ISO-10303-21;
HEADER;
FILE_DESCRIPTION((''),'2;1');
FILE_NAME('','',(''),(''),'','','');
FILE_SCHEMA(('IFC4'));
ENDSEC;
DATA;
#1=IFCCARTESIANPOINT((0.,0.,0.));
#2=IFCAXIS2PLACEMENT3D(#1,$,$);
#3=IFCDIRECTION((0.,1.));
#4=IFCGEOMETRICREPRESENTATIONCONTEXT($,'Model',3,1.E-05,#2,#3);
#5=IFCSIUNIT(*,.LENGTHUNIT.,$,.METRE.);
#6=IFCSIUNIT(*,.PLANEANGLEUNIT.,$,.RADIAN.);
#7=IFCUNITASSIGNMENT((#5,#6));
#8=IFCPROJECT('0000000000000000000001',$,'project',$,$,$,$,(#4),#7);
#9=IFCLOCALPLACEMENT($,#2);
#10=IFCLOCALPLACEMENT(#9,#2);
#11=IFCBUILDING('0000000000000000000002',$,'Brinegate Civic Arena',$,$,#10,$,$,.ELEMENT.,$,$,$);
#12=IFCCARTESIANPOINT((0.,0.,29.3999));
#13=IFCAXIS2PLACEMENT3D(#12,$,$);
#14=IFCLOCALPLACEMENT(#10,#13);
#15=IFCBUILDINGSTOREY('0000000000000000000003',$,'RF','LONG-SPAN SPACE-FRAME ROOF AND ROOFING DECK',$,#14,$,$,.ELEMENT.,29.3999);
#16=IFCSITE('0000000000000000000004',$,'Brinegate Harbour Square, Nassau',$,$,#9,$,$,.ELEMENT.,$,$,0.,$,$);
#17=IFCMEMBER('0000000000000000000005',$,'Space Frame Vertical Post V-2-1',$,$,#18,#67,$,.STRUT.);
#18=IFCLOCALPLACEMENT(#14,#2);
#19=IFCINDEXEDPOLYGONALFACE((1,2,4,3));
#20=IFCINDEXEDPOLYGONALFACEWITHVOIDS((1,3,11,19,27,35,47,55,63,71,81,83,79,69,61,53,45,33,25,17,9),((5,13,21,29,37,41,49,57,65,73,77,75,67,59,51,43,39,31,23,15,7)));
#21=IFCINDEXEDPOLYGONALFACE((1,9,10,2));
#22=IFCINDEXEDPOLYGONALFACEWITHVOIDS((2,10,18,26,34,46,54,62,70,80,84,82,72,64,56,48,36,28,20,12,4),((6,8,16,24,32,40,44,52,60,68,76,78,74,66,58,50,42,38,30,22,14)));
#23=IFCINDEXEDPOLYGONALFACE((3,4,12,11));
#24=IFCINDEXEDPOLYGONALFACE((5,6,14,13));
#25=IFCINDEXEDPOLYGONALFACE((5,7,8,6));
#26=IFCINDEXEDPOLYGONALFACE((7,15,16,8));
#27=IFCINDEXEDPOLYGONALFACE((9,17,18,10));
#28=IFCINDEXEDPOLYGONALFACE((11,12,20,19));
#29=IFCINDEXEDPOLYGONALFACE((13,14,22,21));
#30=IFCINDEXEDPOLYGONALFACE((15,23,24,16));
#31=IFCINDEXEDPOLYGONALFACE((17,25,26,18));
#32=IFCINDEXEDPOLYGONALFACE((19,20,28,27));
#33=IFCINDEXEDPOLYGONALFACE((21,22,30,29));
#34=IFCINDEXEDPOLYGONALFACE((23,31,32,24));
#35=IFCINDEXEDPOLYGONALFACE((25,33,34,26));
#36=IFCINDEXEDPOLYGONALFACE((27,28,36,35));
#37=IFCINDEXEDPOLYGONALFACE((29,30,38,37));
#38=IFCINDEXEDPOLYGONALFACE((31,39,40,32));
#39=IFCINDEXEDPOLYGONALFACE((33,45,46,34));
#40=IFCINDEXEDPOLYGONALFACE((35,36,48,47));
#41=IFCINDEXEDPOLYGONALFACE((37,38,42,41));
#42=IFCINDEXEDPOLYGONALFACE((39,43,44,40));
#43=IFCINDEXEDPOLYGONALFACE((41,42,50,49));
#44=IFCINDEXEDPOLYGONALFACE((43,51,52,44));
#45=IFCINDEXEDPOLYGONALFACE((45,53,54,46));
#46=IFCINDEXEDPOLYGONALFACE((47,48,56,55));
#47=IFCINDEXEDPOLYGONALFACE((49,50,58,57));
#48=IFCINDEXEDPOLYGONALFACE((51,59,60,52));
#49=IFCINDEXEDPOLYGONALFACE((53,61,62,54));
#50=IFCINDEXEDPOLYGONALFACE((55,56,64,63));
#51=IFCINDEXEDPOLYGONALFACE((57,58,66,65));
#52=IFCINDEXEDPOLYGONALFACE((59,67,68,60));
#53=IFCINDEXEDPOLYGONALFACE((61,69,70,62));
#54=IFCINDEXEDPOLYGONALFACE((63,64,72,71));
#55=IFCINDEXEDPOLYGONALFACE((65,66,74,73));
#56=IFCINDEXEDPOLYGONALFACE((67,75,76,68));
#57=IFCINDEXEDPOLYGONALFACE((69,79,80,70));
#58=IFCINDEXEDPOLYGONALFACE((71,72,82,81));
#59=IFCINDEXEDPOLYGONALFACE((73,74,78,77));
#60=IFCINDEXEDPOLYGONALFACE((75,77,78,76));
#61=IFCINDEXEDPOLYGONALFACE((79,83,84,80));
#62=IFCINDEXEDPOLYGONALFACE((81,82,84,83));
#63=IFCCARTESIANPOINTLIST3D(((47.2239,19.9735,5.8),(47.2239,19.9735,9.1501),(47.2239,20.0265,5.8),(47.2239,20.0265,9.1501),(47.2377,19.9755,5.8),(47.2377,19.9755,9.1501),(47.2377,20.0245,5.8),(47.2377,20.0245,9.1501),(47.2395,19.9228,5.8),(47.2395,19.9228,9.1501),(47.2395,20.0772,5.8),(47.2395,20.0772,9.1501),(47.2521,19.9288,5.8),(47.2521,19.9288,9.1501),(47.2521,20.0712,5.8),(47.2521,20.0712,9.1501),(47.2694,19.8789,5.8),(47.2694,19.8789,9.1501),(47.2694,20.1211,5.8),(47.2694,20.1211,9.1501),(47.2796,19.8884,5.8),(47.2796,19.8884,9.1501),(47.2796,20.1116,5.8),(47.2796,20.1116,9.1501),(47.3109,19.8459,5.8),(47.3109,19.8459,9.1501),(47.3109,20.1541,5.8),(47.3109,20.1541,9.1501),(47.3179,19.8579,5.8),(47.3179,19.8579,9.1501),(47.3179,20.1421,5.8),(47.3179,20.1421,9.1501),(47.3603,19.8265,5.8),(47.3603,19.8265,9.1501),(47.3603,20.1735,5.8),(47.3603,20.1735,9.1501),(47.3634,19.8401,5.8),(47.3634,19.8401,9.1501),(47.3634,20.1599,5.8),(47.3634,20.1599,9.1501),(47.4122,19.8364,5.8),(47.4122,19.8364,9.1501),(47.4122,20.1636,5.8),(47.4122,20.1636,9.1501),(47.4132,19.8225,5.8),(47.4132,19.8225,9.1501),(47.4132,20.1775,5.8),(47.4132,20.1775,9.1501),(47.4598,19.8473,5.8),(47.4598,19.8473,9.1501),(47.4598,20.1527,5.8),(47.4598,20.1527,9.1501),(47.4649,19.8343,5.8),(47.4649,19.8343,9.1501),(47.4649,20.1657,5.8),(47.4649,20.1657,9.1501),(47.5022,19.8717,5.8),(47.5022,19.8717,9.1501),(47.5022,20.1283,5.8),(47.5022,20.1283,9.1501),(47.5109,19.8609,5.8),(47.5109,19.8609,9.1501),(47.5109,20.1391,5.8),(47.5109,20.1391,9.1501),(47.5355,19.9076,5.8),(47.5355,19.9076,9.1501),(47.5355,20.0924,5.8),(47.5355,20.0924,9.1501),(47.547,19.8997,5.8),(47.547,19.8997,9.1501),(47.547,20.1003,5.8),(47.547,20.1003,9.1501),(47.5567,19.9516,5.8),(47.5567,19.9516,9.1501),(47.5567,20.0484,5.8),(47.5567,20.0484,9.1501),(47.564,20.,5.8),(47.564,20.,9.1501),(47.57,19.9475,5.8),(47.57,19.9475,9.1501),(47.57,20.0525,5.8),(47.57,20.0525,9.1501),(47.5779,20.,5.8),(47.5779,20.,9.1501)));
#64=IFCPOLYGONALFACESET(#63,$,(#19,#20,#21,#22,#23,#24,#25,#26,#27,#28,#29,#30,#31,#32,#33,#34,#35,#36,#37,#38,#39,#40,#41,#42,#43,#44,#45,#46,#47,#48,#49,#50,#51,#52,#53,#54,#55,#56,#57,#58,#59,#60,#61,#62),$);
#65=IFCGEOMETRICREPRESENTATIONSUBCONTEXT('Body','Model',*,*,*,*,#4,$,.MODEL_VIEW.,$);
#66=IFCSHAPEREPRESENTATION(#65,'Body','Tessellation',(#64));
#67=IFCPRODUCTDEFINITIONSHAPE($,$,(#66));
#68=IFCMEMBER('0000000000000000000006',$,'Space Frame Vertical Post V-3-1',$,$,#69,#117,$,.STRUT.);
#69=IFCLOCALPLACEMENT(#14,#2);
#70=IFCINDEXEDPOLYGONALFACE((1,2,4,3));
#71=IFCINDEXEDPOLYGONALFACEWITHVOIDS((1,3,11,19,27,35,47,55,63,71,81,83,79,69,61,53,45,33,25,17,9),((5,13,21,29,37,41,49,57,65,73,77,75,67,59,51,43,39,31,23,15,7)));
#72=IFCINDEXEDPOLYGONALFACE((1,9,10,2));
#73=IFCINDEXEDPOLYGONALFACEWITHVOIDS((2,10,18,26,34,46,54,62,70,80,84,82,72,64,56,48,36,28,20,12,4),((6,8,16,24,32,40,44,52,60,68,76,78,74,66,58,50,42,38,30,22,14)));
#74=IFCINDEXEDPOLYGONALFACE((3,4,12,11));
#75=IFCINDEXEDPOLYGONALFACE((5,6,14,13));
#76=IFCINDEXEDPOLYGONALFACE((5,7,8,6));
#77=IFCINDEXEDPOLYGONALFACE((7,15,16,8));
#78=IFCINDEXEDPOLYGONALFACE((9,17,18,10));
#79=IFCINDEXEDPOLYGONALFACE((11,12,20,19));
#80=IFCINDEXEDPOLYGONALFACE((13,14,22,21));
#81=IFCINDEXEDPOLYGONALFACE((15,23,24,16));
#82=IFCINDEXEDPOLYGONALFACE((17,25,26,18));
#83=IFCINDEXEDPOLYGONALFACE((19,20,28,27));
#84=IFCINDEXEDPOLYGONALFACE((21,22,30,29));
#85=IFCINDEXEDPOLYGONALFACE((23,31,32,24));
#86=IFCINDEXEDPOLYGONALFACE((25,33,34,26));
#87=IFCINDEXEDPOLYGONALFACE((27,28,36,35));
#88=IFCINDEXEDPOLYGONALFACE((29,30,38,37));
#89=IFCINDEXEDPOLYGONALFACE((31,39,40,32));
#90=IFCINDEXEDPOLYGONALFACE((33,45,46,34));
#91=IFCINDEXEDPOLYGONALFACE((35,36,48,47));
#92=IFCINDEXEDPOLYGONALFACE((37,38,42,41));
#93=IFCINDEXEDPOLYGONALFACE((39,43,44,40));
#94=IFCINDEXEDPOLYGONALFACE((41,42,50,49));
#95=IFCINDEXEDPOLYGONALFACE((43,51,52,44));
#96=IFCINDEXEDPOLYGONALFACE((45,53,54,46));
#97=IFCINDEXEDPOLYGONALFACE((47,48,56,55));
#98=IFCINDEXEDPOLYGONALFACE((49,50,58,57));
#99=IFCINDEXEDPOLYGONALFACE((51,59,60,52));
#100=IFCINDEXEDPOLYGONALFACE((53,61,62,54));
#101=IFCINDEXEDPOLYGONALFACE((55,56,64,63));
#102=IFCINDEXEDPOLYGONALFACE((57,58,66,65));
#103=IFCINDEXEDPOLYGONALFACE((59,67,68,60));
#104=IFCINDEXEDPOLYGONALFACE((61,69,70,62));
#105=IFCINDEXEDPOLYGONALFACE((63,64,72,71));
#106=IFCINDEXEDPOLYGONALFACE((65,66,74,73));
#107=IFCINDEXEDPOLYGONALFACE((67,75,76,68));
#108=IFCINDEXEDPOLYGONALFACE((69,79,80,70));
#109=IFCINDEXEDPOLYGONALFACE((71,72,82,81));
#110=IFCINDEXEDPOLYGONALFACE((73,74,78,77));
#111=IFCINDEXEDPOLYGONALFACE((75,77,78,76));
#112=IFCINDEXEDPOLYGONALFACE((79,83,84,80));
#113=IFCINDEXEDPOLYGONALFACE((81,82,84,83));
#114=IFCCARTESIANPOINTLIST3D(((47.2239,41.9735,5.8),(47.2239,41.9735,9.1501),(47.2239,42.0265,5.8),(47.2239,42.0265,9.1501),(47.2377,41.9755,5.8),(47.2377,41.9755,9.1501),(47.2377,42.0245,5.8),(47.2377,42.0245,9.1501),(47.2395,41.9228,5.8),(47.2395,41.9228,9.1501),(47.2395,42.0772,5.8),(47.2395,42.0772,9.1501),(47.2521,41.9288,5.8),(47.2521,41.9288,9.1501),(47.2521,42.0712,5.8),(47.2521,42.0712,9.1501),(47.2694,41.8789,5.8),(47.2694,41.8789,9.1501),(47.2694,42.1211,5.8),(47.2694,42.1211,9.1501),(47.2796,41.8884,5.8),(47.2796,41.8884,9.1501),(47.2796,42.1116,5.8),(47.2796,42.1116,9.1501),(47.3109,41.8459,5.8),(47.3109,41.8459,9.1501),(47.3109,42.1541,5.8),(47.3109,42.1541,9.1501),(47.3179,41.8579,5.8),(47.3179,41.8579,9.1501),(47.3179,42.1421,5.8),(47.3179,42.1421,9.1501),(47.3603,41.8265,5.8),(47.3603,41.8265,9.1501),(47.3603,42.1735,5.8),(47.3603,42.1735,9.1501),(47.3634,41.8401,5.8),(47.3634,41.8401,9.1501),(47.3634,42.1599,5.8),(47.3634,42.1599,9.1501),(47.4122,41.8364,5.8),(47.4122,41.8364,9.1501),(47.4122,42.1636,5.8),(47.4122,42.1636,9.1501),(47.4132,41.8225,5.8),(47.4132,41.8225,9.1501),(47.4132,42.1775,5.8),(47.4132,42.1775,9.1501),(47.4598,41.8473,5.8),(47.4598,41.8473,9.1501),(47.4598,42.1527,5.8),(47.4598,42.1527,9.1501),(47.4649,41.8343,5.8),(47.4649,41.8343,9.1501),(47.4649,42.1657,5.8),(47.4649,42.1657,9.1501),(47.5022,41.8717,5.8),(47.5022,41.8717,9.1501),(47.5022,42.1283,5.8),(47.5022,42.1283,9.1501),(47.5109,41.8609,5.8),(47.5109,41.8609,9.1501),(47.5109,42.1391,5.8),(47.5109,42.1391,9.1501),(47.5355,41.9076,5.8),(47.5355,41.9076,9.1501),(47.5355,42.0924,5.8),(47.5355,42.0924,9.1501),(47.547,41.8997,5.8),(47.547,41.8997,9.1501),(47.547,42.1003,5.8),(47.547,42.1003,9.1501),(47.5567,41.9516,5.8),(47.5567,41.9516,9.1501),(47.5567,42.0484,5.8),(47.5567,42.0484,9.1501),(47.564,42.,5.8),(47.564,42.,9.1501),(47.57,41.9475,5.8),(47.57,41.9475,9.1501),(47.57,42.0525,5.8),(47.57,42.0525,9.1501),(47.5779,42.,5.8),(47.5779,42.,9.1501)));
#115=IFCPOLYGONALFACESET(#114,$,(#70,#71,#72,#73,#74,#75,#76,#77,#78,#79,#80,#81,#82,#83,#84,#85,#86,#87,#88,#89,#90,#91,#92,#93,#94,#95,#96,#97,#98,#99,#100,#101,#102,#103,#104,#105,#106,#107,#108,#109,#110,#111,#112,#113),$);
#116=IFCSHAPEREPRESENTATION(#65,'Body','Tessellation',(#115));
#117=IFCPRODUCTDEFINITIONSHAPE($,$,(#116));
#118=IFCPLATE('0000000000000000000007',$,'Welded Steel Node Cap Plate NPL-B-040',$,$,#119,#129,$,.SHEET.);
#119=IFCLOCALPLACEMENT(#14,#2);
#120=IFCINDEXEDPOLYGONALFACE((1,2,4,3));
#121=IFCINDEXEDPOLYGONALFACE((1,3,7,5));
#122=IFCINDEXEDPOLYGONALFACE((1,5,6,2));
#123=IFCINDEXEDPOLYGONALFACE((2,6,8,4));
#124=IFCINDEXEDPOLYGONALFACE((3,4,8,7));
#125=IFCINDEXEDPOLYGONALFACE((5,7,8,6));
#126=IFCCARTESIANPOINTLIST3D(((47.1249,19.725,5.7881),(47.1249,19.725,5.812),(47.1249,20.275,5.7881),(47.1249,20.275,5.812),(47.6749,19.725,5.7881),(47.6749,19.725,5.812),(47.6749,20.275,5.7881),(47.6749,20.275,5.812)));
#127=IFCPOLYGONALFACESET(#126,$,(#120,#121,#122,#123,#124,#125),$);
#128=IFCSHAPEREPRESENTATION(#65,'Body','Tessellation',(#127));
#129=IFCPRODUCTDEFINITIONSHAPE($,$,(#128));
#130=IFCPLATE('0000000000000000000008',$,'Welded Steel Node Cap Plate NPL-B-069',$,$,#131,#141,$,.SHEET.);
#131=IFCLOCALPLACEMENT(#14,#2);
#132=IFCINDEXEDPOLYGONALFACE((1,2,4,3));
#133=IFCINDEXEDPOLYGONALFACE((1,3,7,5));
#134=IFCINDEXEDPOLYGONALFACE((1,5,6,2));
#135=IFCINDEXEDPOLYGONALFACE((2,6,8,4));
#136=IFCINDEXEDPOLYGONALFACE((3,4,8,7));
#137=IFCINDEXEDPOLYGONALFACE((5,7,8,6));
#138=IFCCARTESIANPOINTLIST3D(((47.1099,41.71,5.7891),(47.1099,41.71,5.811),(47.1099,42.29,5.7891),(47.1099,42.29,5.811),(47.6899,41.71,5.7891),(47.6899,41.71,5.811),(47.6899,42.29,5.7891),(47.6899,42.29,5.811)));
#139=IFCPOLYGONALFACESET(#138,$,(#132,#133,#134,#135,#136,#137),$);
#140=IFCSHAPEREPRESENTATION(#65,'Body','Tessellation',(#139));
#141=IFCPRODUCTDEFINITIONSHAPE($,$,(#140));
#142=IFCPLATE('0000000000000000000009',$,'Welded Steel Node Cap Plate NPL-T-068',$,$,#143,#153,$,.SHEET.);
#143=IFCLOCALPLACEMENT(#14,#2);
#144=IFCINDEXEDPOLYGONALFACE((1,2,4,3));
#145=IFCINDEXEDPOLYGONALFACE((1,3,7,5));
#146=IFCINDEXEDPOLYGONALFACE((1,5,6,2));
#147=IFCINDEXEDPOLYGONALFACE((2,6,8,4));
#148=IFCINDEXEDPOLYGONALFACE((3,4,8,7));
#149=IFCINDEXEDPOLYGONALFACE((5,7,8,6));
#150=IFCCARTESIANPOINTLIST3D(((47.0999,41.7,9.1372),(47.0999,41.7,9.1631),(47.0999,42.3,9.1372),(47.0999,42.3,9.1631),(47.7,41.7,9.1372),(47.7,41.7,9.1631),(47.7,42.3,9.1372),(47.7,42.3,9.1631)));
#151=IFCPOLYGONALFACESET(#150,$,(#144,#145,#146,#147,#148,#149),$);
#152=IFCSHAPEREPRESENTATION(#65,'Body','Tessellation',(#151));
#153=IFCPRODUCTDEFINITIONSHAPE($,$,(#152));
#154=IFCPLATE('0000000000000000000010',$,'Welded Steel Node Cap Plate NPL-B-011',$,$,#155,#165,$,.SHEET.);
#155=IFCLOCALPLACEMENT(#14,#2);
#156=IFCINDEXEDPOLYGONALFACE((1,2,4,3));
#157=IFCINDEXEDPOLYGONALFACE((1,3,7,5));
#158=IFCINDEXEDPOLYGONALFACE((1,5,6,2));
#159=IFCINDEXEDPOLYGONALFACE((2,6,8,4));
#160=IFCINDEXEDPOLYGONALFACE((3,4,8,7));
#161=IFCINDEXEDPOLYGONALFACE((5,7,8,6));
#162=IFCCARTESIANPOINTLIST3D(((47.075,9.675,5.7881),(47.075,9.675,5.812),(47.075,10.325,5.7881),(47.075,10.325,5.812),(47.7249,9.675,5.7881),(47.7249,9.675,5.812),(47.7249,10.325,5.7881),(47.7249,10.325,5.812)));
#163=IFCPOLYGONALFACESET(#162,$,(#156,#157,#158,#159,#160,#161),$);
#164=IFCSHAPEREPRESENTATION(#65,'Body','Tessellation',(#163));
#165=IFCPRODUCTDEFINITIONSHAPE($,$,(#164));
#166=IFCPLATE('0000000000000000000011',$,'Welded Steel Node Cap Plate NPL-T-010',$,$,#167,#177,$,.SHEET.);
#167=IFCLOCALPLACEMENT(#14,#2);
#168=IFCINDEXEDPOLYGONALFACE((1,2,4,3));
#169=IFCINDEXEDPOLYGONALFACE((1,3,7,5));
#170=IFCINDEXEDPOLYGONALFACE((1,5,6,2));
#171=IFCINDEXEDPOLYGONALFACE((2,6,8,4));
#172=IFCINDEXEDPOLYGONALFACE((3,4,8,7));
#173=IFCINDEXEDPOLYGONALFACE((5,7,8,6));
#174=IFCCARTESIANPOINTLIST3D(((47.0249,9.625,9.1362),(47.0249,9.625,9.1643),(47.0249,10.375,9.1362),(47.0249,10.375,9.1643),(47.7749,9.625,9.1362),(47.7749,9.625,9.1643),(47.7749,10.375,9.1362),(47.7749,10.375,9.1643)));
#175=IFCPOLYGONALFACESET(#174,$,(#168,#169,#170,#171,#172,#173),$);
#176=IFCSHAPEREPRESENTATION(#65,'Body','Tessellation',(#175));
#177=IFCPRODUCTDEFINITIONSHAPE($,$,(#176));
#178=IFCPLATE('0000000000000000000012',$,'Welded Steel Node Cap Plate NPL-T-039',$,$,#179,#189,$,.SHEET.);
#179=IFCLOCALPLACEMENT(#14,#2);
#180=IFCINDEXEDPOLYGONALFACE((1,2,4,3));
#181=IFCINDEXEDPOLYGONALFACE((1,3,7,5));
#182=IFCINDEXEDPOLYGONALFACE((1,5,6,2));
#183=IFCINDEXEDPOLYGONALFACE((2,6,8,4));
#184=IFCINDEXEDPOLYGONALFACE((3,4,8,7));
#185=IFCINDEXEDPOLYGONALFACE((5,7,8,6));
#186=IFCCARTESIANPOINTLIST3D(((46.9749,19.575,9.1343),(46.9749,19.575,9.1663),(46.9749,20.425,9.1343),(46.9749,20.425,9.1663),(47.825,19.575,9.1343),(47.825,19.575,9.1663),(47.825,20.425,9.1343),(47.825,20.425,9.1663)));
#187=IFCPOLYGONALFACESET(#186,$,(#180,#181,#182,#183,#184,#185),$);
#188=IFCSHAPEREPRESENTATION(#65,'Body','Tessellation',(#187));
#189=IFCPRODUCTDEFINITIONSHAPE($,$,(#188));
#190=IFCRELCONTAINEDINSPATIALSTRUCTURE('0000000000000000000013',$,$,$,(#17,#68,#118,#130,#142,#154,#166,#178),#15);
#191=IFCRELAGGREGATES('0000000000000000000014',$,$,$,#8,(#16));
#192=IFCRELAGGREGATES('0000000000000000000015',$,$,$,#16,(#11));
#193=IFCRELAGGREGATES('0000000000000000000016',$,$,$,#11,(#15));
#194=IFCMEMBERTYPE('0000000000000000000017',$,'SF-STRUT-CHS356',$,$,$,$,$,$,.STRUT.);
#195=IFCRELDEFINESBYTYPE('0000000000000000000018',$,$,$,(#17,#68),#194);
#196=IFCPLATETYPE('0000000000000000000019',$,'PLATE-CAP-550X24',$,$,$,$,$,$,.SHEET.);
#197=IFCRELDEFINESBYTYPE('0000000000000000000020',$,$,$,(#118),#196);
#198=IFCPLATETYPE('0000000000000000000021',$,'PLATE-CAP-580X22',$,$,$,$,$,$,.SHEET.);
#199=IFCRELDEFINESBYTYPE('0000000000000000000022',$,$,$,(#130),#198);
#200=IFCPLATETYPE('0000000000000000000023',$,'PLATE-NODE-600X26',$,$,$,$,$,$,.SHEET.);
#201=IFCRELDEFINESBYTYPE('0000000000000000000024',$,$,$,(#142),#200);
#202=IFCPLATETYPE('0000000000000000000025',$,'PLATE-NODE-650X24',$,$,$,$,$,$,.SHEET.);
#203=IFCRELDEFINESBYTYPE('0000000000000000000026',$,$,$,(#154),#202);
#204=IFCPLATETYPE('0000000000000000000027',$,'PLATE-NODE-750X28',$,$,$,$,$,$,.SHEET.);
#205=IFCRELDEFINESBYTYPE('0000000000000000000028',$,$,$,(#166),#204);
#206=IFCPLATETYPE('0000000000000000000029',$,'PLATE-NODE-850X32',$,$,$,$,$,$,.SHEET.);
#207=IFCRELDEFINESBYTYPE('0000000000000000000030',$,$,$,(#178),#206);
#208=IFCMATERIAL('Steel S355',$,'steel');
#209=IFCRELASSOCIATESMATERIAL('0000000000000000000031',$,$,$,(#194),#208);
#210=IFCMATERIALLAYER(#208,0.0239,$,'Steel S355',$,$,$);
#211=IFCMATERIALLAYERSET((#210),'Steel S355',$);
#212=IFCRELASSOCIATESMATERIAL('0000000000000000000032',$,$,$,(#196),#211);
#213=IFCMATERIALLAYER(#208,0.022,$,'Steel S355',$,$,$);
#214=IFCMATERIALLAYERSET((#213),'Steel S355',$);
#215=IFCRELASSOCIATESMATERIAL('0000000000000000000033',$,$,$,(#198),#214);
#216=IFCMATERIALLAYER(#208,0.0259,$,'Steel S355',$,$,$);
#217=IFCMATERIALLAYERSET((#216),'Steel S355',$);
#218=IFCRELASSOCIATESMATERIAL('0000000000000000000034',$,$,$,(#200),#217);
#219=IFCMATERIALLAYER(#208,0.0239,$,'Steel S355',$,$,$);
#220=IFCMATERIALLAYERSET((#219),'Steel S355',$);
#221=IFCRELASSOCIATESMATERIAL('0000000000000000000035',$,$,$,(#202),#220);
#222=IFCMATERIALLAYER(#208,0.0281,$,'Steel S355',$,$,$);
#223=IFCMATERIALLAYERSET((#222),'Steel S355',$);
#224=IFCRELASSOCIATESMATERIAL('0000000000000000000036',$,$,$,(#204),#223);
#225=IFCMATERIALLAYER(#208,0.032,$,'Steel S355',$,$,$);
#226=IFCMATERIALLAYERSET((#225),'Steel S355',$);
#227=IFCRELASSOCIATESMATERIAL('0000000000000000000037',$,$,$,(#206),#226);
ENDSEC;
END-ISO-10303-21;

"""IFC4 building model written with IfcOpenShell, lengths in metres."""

from ifc_helpers import new_model, si_unit, direction, frame, origin, origin_2d, place, context, subcontext, project, spatial, rectangle, hollow_circle, extrude, material, layer, layer_set, material_profile, profile_set, type_object, element, save


model = new_model("IFC4")

# Units and contexts
model_context = context("Model", 3, precision=1e-05, world=origin(), true_north=direction((0.0, 1.0)))
body_context = subcontext(model_context, "Body", "Model", "MODEL_VIEW")
ifc_project = project(units=[si_unit("LENGTHUNIT", "METRE"), si_unit("PLANEANGLEUNIT", "RADIAN")], contexts=[model_context])

# Site, building, storey
site_placement = place(None, origin())
site = spatial("IfcSite", under=ifc_project, at=site_placement, Name="Brinegate Harbour Square, Nassau", CompositionType="ELEMENT", RefElevation=0.0)
building_placement = place(site_placement, origin())
building = spatial("IfcBuilding", under=site, at=building_placement, Name="Brinegate Civic Arena", CompositionType="ELEMENT")
storey_placement = place(building_placement, frame((0.0, 0.0, 29.3999)))
storey = spatial("IfcBuildingStorey", under=building, at=storey_placement, Name="RF", Description="LONG-SPAN SPACE-FRAME ROOF AND ROOFING DECK", CompositionType="ELEMENT", Elevation=29.3999)

# Members
ifc_material_1 = material(Name="Steel S355", Category="steel")
ifc_material_profile_1 = material_profile(ifc_material_1, hollow_circle(Radius=0.178, WallThickness=0.0139, at=origin_2d()), Name="CHS356X14")
ifc_profile_set_1 = profile_set([ifc_material_profile_1], Name="Steel S355")
member_type_1 = type_object("IfcMemberType", Name="SF-STRUT-CHS356", PredefinedType="STRUT", material=ifc_profile_set_1)
for number, where, z_axis, x_axis, name in (
    (1, (47.3999, 20.0, 5.8), (0.0, 0.0, 1.0), (1.0, 0.0, 0.0), "Space Frame Vertical Post V-2-1"),
    (2, (47.3999, 42.0, 5.8), (0.0, 0.0, 1.0), (1.0, 0.0, 0.0), "Space Frame Vertical Post V-3-1"),
):
    element("IfcMember", number, at=place(storey_placement, frame(where, z_axis=z_axis, x_axis=x_axis)), inside=storey, type_object=member_type_1, Name=name, PredefinedType="STRUT", context=body_context, shape_type="SweptSolid", body=[
        extrude(hollow_circle(Radius=0.178, WallThickness=0.0139, at=origin_2d()), origin(), (0.0, 0.0, 1.0), 3.3501),
    ])

# Plates
ifc_layer_1 = layer(ifc_material_1, 0.0239, Name="Steel S355")
ifc_layer_set_1 = layer_set([ifc_layer_1], Name="Steel S355")
plate_type_1 = type_object("IfcPlateType", Name="PLATE-CAP-550X24", PredefinedType="SHEET", material=ifc_layer_set_1)
plate_1_placement = place(storey_placement, frame((47.3999, 20.0, 5.7881), z_axis=(0.0, 0.0, 1.0), x_axis=(1.0, 0.0, 0.0)))
element("IfcPlate", 3, at=plate_1_placement, inside=storey, type_object=plate_type_1, Name="Welded Steel Node Cap Plate NPL-B-040", PredefinedType="SHEET", context=body_context, shape_type="SweptSolid", body=[
    extrude(rectangle(XDim=0.55, YDim=0.55, at=origin_2d()), origin(), (0.0, 0.0, 1.0), 0.0239),
])
ifc_layer_2 = layer(ifc_material_1, 0.022, Name="Steel S355")
ifc_layer_set_2 = layer_set([ifc_layer_2], Name="Steel S355")
plate_type_2 = type_object("IfcPlateType", Name="PLATE-CAP-580X22", PredefinedType="SHEET", material=ifc_layer_set_2)
plate_2_placement = place(storey_placement, frame((47.3999, 42.0, 5.7891), z_axis=(0.0, 0.0, 1.0), x_axis=(1.0, 0.0, 0.0)))
element("IfcPlate", 4, at=plate_2_placement, inside=storey, type_object=plate_type_2, Name="Welded Steel Node Cap Plate NPL-B-069", PredefinedType="SHEET", context=body_context, shape_type="SweptSolid", body=[
    extrude(rectangle(XDim=0.5801, YDim=0.5801, at=origin_2d()), origin(), (0.0, 0.0, 1.0), 0.022),
])
ifc_layer_3 = layer(ifc_material_1, 0.0259, Name="Steel S355")
ifc_layer_set_3 = layer_set([ifc_layer_3], Name="Steel S355")
plate_type_3 = type_object("IfcPlateType", Name="PLATE-NODE-600X26", PredefinedType="SHEET", material=ifc_layer_set_3)
plate_3_placement = place(storey_placement, frame((47.3999, 42.0, 9.1372), z_axis=(0.0, 0.0, 1.0), x_axis=(1.0, 0.0, 0.0)))
element("IfcPlate", 5, at=plate_3_placement, inside=storey, type_object=plate_type_3, Name="Welded Steel Node Cap Plate NPL-T-068", PredefinedType="SHEET", context=body_context, shape_type="SweptSolid", body=[
    extrude(rectangle(XDim=0.6001, YDim=0.6001, at=origin_2d()), origin(), (0.0, 0.0, 1.0), 0.0259),
])
ifc_layer_4 = layer(ifc_material_1, 0.0239, Name="Steel S355")
ifc_layer_set_4 = layer_set([ifc_layer_4], Name="Steel S355")
plate_type_4 = type_object("IfcPlateType", Name="PLATE-NODE-650X24", PredefinedType="SHEET", material=ifc_layer_set_4)
plate_4_placement = place(storey_placement, frame((47.3999, 10.0, 5.7881), z_axis=(0.0, 0.0, 1.0), x_axis=(1.0, 0.0, 0.0)))
element("IfcPlate", 6, at=plate_4_placement, inside=storey, type_object=plate_type_4, Name="Welded Steel Node Cap Plate NPL-B-011", PredefinedType="SHEET", context=body_context, shape_type="SweptSolid", body=[
    extrude(rectangle(XDim=0.6499, YDim=0.6499, at=origin_2d()), origin(), (0.0, 0.0, 1.0), 0.0239),
])
ifc_layer_5 = layer(ifc_material_1, 0.0281, Name="Steel S355")
ifc_layer_set_5 = layer_set([ifc_layer_5], Name="Steel S355")
plate_type_5 = type_object("IfcPlateType", Name="PLATE-NODE-750X28", PredefinedType="SHEET", material=ifc_layer_set_5)
plate_5_placement = place(storey_placement, frame((47.3999, 10.0, 9.1362), z_axis=(0.0, 0.0, 1.0), x_axis=(1.0, 0.0, 0.0)))
element("IfcPlate", 7, at=plate_5_placement, inside=storey, type_object=plate_type_5, Name="Welded Steel Node Cap Plate NPL-T-010", PredefinedType="SHEET", context=body_context, shape_type="SweptSolid", body=[
    extrude(rectangle(XDim=0.75, YDim=0.75, at=origin_2d()), origin(), (0.0, 0.0, 1.0), 0.0281),
])
ifc_layer_6 = layer(ifc_material_1, 0.032, Name="Steel S355")
ifc_layer_set_6 = layer_set([ifc_layer_6], Name="Steel S355")
plate_type_6 = type_object("IfcPlateType", Name="PLATE-NODE-850X32", PredefinedType="SHEET", material=ifc_layer_set_6)
plate_6_placement = place(storey_placement, frame((47.3999, 20.0, 9.1343), z_axis=(0.0, 0.0, 1.0), x_axis=(1.0, 0.0, 0.0)))
element("IfcPlate", 8, at=plate_6_placement, inside=storey, type_object=plate_type_6, Name="Welded Steel Node Cap Plate NPL-T-039", PredefinedType="SHEET", context=body_context, shape_type="SweptSolid", body=[
    extrude(rectangle(XDim=0.8501, YDim=0.8501, at=origin_2d()), origin(), (0.0, 0.0, 1.0), 0.032),
])

save(model, "model.ifc")
